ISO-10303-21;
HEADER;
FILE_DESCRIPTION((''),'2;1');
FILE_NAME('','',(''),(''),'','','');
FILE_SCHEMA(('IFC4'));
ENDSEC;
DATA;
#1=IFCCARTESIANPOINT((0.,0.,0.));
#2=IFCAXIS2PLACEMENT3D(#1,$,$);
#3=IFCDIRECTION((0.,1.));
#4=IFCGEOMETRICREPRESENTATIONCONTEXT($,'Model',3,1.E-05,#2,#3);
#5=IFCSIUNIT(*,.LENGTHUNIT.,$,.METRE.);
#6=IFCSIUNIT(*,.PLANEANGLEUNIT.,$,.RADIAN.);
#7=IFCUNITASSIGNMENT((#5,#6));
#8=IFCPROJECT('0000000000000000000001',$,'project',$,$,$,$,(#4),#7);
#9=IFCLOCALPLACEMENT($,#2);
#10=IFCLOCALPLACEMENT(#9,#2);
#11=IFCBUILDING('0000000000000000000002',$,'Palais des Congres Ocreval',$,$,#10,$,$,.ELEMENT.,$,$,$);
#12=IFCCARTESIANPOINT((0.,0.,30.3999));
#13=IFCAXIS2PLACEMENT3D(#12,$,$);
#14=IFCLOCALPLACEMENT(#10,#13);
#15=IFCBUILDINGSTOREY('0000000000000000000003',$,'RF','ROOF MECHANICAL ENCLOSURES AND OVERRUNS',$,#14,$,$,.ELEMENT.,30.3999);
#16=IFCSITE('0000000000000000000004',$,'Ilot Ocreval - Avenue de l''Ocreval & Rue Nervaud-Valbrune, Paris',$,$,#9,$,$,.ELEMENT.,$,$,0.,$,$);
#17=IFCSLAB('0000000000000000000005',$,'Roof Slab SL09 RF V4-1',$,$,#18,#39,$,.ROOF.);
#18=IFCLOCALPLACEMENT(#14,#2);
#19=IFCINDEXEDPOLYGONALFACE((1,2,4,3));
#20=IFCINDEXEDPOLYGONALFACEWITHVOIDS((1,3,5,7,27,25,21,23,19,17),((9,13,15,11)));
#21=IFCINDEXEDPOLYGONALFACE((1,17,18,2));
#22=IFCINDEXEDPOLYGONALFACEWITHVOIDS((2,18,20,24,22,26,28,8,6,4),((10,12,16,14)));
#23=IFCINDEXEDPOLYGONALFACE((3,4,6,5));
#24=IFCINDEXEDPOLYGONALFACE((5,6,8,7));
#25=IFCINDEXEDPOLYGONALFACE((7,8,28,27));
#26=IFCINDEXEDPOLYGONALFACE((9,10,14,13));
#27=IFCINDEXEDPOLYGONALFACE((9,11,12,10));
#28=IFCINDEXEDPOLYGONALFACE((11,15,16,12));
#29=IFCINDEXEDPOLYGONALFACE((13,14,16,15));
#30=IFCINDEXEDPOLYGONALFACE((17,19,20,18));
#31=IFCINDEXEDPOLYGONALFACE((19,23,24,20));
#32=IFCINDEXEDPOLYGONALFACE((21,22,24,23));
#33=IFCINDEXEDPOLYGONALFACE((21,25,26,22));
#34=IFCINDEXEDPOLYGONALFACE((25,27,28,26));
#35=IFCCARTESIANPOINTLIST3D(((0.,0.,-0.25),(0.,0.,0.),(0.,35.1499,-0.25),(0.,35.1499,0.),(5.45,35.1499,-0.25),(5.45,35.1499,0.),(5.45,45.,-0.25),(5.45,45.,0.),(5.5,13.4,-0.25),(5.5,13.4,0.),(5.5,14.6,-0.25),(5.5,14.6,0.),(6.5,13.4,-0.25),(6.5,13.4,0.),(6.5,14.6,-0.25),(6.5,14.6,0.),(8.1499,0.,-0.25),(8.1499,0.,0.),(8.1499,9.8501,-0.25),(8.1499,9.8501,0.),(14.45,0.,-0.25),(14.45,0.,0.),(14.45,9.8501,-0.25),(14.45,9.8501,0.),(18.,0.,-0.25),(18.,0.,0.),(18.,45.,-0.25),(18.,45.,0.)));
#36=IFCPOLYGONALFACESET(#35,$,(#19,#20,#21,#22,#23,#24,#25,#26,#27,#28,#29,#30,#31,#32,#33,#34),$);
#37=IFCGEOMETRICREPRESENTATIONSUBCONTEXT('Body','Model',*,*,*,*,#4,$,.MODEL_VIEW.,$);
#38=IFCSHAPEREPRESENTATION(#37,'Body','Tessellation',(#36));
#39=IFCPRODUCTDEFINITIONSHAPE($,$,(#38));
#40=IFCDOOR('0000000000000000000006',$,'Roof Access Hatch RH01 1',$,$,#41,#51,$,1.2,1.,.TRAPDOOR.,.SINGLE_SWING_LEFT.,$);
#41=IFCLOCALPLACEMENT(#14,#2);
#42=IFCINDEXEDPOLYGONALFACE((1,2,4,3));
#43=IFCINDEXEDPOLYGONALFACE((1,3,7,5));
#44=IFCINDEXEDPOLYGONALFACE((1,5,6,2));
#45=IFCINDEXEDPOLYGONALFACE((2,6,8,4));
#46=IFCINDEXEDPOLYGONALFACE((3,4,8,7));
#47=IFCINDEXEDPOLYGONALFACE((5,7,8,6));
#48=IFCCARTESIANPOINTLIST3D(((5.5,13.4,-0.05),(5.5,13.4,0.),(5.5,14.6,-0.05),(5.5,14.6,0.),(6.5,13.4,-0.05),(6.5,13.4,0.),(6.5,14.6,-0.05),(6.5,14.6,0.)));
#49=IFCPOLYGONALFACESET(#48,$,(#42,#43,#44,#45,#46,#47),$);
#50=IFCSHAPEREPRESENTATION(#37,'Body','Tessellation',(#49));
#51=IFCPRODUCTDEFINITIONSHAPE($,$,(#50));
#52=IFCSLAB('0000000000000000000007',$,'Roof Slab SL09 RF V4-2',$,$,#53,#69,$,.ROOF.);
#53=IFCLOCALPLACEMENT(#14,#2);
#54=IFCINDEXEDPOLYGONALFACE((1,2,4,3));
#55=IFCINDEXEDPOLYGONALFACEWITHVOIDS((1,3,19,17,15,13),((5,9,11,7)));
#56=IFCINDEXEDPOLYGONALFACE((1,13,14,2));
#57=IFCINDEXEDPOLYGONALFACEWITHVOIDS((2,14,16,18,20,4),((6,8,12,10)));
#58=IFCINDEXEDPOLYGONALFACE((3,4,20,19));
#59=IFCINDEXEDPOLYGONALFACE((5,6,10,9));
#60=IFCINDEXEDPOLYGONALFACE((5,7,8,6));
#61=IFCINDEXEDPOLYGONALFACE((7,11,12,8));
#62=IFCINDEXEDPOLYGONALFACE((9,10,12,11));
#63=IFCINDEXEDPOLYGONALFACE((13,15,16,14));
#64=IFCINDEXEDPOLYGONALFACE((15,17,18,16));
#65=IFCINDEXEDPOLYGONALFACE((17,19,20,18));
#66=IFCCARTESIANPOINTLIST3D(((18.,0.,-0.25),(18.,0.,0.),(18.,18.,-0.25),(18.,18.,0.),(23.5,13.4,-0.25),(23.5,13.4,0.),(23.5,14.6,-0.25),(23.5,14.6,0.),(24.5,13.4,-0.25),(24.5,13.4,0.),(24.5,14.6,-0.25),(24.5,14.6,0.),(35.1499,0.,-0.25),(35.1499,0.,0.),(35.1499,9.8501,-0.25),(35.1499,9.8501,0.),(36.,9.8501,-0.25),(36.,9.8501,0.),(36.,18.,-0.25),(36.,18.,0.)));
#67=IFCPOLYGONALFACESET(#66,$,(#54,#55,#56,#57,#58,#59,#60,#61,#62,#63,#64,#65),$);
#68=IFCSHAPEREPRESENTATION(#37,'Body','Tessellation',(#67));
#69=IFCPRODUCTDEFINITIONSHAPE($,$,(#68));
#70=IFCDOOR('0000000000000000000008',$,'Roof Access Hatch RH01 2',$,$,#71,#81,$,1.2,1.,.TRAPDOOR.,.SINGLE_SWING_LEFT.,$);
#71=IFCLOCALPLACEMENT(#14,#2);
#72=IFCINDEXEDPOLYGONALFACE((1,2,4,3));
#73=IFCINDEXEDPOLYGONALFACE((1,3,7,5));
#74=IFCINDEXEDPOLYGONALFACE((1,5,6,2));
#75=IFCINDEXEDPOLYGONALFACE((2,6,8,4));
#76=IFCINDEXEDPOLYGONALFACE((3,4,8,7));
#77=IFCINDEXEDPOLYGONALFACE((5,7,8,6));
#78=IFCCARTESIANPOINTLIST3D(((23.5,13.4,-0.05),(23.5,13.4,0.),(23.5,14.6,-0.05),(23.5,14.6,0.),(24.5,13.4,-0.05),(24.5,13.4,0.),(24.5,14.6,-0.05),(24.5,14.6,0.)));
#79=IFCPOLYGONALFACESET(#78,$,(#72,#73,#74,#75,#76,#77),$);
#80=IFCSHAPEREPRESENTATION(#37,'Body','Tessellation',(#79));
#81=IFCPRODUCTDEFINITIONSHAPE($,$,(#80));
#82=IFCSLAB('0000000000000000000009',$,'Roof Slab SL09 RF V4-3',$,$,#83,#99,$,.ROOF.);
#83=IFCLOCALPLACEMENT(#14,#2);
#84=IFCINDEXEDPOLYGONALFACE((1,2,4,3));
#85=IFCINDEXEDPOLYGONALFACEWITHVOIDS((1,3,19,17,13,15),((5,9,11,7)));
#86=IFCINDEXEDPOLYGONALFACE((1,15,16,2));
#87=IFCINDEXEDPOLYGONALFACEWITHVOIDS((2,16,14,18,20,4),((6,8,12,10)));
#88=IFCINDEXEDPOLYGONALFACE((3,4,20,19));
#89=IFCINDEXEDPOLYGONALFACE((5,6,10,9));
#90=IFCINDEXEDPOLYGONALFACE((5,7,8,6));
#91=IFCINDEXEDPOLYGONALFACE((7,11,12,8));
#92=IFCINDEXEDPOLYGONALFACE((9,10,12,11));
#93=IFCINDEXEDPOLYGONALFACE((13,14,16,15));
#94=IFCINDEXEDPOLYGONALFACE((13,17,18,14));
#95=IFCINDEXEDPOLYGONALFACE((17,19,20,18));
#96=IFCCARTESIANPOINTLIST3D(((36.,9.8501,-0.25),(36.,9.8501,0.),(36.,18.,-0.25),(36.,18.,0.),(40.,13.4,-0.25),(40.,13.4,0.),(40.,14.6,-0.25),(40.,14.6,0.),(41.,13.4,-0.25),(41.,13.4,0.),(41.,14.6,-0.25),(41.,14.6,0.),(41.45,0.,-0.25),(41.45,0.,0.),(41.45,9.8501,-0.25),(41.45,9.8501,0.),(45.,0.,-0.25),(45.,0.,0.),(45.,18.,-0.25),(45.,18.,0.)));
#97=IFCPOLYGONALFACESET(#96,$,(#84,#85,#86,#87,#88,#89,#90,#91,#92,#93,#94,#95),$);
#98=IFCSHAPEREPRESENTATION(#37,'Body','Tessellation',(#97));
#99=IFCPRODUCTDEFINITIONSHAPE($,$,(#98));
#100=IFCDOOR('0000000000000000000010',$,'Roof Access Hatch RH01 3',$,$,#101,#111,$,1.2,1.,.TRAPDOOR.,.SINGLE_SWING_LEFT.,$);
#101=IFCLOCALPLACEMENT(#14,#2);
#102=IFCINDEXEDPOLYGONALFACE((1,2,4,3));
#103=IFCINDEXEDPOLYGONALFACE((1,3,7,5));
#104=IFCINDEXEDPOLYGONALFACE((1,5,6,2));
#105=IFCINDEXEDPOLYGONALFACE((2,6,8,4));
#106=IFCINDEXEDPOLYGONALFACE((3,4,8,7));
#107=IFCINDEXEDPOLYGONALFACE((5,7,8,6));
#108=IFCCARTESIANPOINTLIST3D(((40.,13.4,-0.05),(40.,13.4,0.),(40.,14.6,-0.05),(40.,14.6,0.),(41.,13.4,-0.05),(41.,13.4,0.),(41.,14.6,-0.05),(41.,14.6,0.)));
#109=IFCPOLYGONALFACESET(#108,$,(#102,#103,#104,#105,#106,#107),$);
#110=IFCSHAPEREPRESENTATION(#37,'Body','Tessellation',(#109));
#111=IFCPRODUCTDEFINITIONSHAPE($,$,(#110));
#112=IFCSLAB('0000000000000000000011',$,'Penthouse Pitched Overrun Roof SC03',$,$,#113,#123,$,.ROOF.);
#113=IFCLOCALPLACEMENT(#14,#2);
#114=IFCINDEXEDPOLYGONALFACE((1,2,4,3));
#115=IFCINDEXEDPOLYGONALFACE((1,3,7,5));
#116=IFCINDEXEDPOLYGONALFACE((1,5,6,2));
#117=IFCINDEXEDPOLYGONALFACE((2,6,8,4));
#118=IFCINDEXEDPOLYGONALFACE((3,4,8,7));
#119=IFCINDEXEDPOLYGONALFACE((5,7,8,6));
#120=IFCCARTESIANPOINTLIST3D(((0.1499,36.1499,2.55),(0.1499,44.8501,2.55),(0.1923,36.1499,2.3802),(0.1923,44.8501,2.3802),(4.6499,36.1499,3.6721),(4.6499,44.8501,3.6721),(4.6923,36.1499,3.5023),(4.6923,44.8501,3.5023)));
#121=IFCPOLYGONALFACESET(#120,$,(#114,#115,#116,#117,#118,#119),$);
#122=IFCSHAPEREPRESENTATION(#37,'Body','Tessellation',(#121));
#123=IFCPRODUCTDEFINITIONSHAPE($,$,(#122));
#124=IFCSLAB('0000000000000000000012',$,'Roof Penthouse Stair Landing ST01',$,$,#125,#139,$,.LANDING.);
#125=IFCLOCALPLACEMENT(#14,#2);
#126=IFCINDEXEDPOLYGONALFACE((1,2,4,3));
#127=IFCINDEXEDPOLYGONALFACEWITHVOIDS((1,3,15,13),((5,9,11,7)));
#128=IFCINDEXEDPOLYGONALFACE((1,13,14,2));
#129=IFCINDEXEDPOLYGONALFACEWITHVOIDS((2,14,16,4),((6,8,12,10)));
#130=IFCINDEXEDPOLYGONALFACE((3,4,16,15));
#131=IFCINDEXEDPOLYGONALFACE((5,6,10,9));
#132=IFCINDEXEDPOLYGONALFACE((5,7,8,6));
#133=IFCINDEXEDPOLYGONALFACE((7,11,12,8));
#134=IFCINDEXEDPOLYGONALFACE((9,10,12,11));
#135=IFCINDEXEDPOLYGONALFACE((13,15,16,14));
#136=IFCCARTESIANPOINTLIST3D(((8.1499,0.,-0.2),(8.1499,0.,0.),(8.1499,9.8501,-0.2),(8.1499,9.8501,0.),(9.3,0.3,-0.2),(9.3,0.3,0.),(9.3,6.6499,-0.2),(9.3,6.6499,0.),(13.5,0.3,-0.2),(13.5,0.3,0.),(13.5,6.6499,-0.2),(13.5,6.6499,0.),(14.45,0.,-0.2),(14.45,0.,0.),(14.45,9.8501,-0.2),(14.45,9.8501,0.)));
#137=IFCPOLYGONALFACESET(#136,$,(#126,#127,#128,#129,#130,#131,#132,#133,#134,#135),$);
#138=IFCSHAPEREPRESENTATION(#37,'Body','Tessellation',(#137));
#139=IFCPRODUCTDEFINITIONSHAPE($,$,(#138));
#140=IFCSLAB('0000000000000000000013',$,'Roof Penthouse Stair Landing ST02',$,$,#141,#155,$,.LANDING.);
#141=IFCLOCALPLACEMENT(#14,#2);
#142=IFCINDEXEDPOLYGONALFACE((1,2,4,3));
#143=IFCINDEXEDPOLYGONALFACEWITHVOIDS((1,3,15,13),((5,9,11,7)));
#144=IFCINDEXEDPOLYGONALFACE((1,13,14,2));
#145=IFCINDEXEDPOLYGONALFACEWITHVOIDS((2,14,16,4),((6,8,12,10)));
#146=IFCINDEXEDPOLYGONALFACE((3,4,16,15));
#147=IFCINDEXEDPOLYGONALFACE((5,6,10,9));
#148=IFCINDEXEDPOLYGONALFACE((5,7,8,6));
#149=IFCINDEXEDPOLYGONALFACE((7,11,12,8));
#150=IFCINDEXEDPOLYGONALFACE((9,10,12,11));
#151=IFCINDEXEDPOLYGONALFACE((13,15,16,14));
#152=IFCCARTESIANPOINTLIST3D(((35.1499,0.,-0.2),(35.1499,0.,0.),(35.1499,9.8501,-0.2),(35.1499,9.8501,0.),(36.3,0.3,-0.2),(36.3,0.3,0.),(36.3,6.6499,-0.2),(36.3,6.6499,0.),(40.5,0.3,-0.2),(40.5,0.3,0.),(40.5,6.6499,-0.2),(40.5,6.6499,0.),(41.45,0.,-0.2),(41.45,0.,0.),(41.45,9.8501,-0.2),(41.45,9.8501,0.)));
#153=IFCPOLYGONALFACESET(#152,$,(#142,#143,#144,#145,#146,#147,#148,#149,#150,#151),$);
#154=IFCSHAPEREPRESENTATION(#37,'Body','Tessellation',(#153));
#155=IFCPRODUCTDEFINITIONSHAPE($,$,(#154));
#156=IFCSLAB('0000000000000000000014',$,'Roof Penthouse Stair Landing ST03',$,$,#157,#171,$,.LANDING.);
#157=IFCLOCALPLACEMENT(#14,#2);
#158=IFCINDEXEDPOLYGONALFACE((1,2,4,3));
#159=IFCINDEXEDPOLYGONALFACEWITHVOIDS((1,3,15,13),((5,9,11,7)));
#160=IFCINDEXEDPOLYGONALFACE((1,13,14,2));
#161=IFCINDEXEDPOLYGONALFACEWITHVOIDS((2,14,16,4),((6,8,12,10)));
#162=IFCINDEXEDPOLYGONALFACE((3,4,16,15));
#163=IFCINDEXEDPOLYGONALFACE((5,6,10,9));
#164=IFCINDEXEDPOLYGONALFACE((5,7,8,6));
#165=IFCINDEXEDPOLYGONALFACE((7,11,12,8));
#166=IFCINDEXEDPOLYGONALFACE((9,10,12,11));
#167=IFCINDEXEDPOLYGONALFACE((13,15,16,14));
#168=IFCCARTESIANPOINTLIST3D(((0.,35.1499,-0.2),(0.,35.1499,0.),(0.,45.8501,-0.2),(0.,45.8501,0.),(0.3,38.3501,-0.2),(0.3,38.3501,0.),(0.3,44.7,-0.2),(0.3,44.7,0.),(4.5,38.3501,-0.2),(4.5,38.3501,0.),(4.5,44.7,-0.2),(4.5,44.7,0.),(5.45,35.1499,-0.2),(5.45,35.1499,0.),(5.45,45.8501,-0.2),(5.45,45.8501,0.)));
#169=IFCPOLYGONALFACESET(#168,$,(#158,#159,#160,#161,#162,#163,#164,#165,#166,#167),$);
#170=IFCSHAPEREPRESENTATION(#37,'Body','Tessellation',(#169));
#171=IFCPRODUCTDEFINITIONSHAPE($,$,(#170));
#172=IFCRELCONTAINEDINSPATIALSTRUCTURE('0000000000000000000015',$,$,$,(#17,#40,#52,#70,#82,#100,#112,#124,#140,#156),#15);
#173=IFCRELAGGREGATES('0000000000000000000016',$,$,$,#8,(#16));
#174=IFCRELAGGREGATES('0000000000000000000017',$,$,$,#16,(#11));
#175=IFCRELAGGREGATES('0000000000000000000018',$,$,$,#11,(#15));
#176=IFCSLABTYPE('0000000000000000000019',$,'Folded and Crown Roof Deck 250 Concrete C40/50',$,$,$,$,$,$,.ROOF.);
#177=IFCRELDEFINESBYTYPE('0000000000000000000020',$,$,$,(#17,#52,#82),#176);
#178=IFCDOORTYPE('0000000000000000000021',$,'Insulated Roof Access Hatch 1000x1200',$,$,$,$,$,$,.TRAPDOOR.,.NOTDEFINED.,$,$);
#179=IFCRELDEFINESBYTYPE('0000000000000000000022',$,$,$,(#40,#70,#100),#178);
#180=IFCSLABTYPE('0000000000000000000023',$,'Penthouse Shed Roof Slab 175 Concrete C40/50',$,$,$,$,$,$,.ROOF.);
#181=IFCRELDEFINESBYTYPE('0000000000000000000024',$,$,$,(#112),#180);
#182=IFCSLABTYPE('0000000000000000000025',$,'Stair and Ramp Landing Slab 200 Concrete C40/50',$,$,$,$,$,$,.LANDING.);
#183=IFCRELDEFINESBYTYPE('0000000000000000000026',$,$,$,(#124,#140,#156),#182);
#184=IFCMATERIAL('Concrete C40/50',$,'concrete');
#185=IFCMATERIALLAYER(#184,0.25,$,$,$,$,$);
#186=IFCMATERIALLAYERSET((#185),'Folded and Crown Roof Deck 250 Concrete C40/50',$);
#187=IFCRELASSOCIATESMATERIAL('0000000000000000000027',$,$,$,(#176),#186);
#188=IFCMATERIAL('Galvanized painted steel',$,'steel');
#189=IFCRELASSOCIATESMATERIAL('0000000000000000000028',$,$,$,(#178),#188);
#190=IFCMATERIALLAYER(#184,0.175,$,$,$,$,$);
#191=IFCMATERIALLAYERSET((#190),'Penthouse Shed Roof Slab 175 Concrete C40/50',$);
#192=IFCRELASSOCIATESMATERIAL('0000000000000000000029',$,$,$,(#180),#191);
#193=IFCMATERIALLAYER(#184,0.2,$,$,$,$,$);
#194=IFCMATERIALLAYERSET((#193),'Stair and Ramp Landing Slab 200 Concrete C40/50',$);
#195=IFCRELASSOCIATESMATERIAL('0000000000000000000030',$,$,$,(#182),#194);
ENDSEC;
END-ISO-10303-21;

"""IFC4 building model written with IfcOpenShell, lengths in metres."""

from ifc_helpers import new_model, si_unit, direction, frame, origin, origin_2d, place, context, subcontext, project, spatial, polyline, rectangle, outline, extrude, material, layer, layer_set, type_object, element, fill, save


model = new_model("IFC4")

# Units and contexts
model_context = context("Model", 3, precision=1e-05, world=origin(), true_north=direction((0.0, 1.0)))
body_context = subcontext(model_context, "Body", "Model", "MODEL_VIEW")
ifc_project = project(units=[si_unit("LENGTHUNIT", "METRE"), si_unit("PLANEANGLEUNIT", "RADIAN")], contexts=[model_context])

# Site, building, storey
site_placement = place(None, origin())
site = spatial("IfcSite", under=ifc_project, at=site_placement, Name="Ilot Ocreval - Avenue de l'Ocreval & Rue Nervaud-Valbrune, Paris", CompositionType="ELEMENT", RefElevation=0.0)
building_placement = place(site_placement, origin())
building = spatial("IfcBuilding", under=site, at=building_placement, Name="Palais des Congres Ocreval", CompositionType="ELEMENT")
storey_placement = place(building_placement, frame((0.0, 0.0, 30.3999)))
storey = spatial("IfcBuildingStorey", under=building, at=storey_placement, Name="RF", Description="ROOF MECHANICAL ENCLOSURES AND OVERRUNS", CompositionType="ELEMENT", Elevation=30.3999)

# Slabs, openings, doors
ifc_material_1 = material(Name="Concrete C40/50", Category="concrete")
ifc_layer_1 = layer(ifc_material_1, 0.25)
ifc_layer_set_1 = layer_set([ifc_layer_1], Name="Folded and Crown Roof Deck 250 Concrete C40/50")
slab_type_1 = type_object("IfcSlabType", Name="Folded and Crown Roof Deck 250 Concrete C40/50", PredefinedType="ROOF", material=ifc_layer_set_1)
slab_1_placement = place(storey_placement, frame((0.0, 0.0, -0.25)))
slab_1 = element("IfcSlab", 1, at=slab_1_placement, inside=storey, type_object=slab_type_1, Name="Roof Slab SL09 RF V4-1", PredefinedType="ROOF", context=body_context, shape_type="SweptSolid", body=[
    extrude(outline(polyline([(14.45, 0.0), (14.45, 9.8501), (8.1499, 9.8501), (8.1499, 0.0), (0.0, 0.0), (0.0, 18.0), (0.0, 35.1499), (5.45, 35.1499), (5.45, 45.0), (18.0, 45.0), (18.0, 18.0), (18.0, 0.0), (14.45, 0.0)])), origin(), (0.0, 0.0, 1.0), 0.25),
])
opening_1_placement = place(slab_1_placement, frame((6.0, 14.0, 0.0)))
opening_1 = element("IfcOpeningElement", 2, at=opening_1_placement, cuts=slab_1, PredefinedType="OPENING", context=body_context, shape_type="SweptSolid", body=[
    extrude(rectangle(XDim=1.0, YDim=1.2, at=origin_2d()), frame((0.0, 0.0, -0.01), z_axis=(0.0, 0.0, 1.0), x_axis=(1.0, 0.0, 0.0)), (0.0, 0.0, 1.0), 0.27),
])
ifc_material_2 = material(Name="Galvanized painted steel", Category="steel")
door_type = type_object("IfcDoorType", Name="Insulated Roof Access Hatch 1000x1200", OperationType="NOTDEFINED", PredefinedType="TRAPDOOR", material=ifc_material_2)
door_1_placement = place(opening_1_placement, frame((0.0, 0.0, 0.2)))
door_1 = element("IfcDoor", 3, at=door_1_placement, inside=storey, type_object=door_type, Name="Roof Access Hatch RH01 1", OperationType="SINGLE_SWING_LEFT", OverallHeight=1.2, OverallWidth=1.0, PredefinedType="TRAPDOOR", context=body_context, shape_type="SweptSolid", body=[
    extrude(rectangle(XDim=1.0, YDim=1.2, at=origin_2d()), origin(), (0.0, 0.0, 1.0), 0.05),
])
fill(opening_1, door_1)
slab_2_placement = place(storey_placement, frame((0.0, 0.0, -0.25)))
slab_2 = element("IfcSlab", 4, at=slab_2_placement, inside=storey, type_object=slab_type_1, Name="Roof Slab SL09 RF V4-2", PredefinedType="ROOF", context=body_context, shape_type="SweptSolid", body=[
    extrude(outline(polyline([(35.1499, 9.8501), (35.1499, 0.0), (18.0, 0.0), (18.0, 18.0), (36.0, 18.0), (36.0, 9.8501), (35.1499, 9.8501)])), origin(), (0.0, 0.0, 1.0), 0.25),
])
opening_2_placement = place(slab_2_placement, frame((24.0, 14.0, 0.0)))
opening_2 = element("IfcOpeningElement", 5, at=opening_2_placement, cuts=slab_2, PredefinedType="OPENING", context=body_context, shape_type="SweptSolid", body=[
    extrude(rectangle(XDim=1.0, YDim=1.2, at=origin_2d()), frame((0.0, 0.0, -0.01), z_axis=(0.0, 0.0, 1.0), x_axis=(1.0, 0.0, 0.0)), (0.0, 0.0, 1.0), 0.27),
])
door_2_placement = place(opening_2_placement, frame((0.0, 0.0, 0.2)))
door_2 = element("IfcDoor", 6, at=door_2_placement, inside=storey, type_object=door_type, Name="Roof Access Hatch RH01 2", OperationType="SINGLE_SWING_LEFT", OverallHeight=1.2, OverallWidth=1.0, PredefinedType="TRAPDOOR", context=body_context, shape_type="SweptSolid", body=[
    extrude(rectangle(XDim=1.0, YDim=1.2, at=origin_2d()), origin(), (0.0, 0.0, 1.0), 0.05),
])
fill(opening_2, door_2)
slab_3_placement = place(storey_placement, frame((0.0, 0.0, -0.25)))
slab_3 = element("IfcSlab", 7, at=slab_3_placement, inside=storey, type_object=slab_type_1, Name="Roof Slab SL09 RF V4-3", PredefinedType="ROOF", context=body_context, shape_type="SweptSolid", body=[
    extrude(outline(polyline([(41.45, 0.0), (41.45, 9.8501), (36.0, 9.8501), (36.0, 18.0), (45.0, 18.0), (45.0, 0.0), (41.45, 0.0)])), origin(), (0.0, 0.0, 1.0), 0.25),
])
opening_3_placement = place(slab_3_placement, frame((40.5, 14.0, 0.0)))
opening_3 = element("IfcOpeningElement", 8, at=opening_3_placement, cuts=slab_3, PredefinedType="OPENING", context=body_context, shape_type="SweptSolid", body=[
    extrude(rectangle(XDim=1.0, YDim=1.2, at=origin_2d()), frame((0.0, 0.0, -0.01), z_axis=(0.0, 0.0, 1.0), x_axis=(1.0, 0.0, 0.0)), (0.0, 0.0, 1.0), 0.27),
])
door_3_placement = place(opening_3_placement, frame((0.0, 0.0, 0.2)))
door_3 = element("IfcDoor", 9, at=door_3_placement, inside=storey, type_object=door_type, Name="Roof Access Hatch RH01 3", OperationType="SINGLE_SWING_LEFT", OverallHeight=1.2, OverallWidth=1.0, PredefinedType="TRAPDOOR", context=body_context, shape_type="SweptSolid", body=[
    extrude(rectangle(XDim=1.0, YDim=1.2, at=origin_2d()), origin(), (0.0, 0.0, 1.0), 0.05),
])
fill(opening_3, door_3)

# Slabs
ifc_layer_2 = layer(ifc_material_1, 0.175)
ifc_layer_set_2 = layer_set([ifc_layer_2], Name="Penthouse Shed Roof Slab 175 Concrete C40/50")
slab_type_2 = type_object("IfcSlabType", Name="Penthouse Shed Roof Slab 175 Concrete C40/50", PredefinedType="ROOF", material=ifc_layer_set_2)
slab_4_placement = place(storey_placement, frame((0.1499, 36.1499, 2.55), z_axis=(-0.241941, 0.0, 0.970291), x_axis=(0.970291, 0.0, 0.241941)))
element("IfcSlab", 10, at=slab_4_placement, inside=storey, type_object=slab_type_2, Name="Penthouse Pitched Overrun Roof SC03", PredefinedType="ROOF", context=body_context, shape_type="SweptSolid", body=[
    extrude(outline(polyline([(0.0, 0.0), (4.6378, 0.0), (4.6378, 8.7002), (0.0, 8.7002), (0.0, 0.0)])), origin(), (0.0, 0.0, -1.0), 0.175),
])
ifc_layer_3 = layer(ifc_material_1, 0.2)
ifc_layer_set_3 = layer_set([ifc_layer_3], Name="Stair and Ramp Landing Slab 200 Concrete C40/50")
slab_type_3 = type_object("IfcSlabType", Name="Stair and Ramp Landing Slab 200 Concrete C40/50", PredefinedType="LANDING", material=ifc_layer_set_3)
slab_5_placement = place(storey_placement, frame((0.0, 0.0, -0.2)))
element("IfcSlab", 11, at=slab_5_placement, inside=storey, type_object=slab_type_3, Name="Roof Penthouse Stair Landing ST01", PredefinedType="LANDING", context=body_context, shape_type="SweptSolid", body=[
    extrude(outline(polyline([(8.1499, 0.0), (14.45, 0.0), (14.45, 9.8501), (8.1499, 9.8501), (8.1499, 0.0)]), holes=[polyline([(9.3, 0.3), (13.5, 0.3), (13.5, 6.6499), (9.3, 6.6499), (9.3, 0.3)])]), origin(), (0.0, 0.0, 1.0), 0.2),
])
slab_6_placement = place(storey_placement, frame((0.0, 0.0, -0.2)))
element("IfcSlab", 12, at=slab_6_placement, inside=storey, type_object=slab_type_3, Name="Roof Penthouse Stair Landing ST02", PredefinedType="LANDING", context=body_context, shape_type="SweptSolid", body=[
    extrude(outline(polyline([(35.1499, 0.0), (41.45, 0.0), (41.45, 9.8501), (35.1499, 9.8501), (35.1499, 0.0)]), holes=[polyline([(36.3, 0.3), (40.5, 0.3), (40.5, 6.6499), (36.3, 6.6499), (36.3, 0.3)])]), origin(), (0.0, 0.0, 1.0), 0.2),
])
slab_7_placement = place(storey_placement, frame((0.0, 0.0, -0.2)))
element("IfcSlab", 13, at=slab_7_placement, inside=storey, type_object=slab_type_3, Name="Roof Penthouse Stair Landing ST03", PredefinedType="LANDING", context=body_context, shape_type="SweptSolid", body=[
    extrude(outline(polyline([(0.0, 35.1499), (5.45, 35.1499), (5.45, 45.8501), (0.0, 45.8501), (0.0, 35.1499)]), holes=[polyline([(0.3, 38.3501), (4.5, 38.3501), (4.5, 44.7), (0.3, 44.7), (0.3, 38.3501)])]), origin(), (0.0, 0.0, 1.0), 0.2),
])

save(model, "model.ifc")
